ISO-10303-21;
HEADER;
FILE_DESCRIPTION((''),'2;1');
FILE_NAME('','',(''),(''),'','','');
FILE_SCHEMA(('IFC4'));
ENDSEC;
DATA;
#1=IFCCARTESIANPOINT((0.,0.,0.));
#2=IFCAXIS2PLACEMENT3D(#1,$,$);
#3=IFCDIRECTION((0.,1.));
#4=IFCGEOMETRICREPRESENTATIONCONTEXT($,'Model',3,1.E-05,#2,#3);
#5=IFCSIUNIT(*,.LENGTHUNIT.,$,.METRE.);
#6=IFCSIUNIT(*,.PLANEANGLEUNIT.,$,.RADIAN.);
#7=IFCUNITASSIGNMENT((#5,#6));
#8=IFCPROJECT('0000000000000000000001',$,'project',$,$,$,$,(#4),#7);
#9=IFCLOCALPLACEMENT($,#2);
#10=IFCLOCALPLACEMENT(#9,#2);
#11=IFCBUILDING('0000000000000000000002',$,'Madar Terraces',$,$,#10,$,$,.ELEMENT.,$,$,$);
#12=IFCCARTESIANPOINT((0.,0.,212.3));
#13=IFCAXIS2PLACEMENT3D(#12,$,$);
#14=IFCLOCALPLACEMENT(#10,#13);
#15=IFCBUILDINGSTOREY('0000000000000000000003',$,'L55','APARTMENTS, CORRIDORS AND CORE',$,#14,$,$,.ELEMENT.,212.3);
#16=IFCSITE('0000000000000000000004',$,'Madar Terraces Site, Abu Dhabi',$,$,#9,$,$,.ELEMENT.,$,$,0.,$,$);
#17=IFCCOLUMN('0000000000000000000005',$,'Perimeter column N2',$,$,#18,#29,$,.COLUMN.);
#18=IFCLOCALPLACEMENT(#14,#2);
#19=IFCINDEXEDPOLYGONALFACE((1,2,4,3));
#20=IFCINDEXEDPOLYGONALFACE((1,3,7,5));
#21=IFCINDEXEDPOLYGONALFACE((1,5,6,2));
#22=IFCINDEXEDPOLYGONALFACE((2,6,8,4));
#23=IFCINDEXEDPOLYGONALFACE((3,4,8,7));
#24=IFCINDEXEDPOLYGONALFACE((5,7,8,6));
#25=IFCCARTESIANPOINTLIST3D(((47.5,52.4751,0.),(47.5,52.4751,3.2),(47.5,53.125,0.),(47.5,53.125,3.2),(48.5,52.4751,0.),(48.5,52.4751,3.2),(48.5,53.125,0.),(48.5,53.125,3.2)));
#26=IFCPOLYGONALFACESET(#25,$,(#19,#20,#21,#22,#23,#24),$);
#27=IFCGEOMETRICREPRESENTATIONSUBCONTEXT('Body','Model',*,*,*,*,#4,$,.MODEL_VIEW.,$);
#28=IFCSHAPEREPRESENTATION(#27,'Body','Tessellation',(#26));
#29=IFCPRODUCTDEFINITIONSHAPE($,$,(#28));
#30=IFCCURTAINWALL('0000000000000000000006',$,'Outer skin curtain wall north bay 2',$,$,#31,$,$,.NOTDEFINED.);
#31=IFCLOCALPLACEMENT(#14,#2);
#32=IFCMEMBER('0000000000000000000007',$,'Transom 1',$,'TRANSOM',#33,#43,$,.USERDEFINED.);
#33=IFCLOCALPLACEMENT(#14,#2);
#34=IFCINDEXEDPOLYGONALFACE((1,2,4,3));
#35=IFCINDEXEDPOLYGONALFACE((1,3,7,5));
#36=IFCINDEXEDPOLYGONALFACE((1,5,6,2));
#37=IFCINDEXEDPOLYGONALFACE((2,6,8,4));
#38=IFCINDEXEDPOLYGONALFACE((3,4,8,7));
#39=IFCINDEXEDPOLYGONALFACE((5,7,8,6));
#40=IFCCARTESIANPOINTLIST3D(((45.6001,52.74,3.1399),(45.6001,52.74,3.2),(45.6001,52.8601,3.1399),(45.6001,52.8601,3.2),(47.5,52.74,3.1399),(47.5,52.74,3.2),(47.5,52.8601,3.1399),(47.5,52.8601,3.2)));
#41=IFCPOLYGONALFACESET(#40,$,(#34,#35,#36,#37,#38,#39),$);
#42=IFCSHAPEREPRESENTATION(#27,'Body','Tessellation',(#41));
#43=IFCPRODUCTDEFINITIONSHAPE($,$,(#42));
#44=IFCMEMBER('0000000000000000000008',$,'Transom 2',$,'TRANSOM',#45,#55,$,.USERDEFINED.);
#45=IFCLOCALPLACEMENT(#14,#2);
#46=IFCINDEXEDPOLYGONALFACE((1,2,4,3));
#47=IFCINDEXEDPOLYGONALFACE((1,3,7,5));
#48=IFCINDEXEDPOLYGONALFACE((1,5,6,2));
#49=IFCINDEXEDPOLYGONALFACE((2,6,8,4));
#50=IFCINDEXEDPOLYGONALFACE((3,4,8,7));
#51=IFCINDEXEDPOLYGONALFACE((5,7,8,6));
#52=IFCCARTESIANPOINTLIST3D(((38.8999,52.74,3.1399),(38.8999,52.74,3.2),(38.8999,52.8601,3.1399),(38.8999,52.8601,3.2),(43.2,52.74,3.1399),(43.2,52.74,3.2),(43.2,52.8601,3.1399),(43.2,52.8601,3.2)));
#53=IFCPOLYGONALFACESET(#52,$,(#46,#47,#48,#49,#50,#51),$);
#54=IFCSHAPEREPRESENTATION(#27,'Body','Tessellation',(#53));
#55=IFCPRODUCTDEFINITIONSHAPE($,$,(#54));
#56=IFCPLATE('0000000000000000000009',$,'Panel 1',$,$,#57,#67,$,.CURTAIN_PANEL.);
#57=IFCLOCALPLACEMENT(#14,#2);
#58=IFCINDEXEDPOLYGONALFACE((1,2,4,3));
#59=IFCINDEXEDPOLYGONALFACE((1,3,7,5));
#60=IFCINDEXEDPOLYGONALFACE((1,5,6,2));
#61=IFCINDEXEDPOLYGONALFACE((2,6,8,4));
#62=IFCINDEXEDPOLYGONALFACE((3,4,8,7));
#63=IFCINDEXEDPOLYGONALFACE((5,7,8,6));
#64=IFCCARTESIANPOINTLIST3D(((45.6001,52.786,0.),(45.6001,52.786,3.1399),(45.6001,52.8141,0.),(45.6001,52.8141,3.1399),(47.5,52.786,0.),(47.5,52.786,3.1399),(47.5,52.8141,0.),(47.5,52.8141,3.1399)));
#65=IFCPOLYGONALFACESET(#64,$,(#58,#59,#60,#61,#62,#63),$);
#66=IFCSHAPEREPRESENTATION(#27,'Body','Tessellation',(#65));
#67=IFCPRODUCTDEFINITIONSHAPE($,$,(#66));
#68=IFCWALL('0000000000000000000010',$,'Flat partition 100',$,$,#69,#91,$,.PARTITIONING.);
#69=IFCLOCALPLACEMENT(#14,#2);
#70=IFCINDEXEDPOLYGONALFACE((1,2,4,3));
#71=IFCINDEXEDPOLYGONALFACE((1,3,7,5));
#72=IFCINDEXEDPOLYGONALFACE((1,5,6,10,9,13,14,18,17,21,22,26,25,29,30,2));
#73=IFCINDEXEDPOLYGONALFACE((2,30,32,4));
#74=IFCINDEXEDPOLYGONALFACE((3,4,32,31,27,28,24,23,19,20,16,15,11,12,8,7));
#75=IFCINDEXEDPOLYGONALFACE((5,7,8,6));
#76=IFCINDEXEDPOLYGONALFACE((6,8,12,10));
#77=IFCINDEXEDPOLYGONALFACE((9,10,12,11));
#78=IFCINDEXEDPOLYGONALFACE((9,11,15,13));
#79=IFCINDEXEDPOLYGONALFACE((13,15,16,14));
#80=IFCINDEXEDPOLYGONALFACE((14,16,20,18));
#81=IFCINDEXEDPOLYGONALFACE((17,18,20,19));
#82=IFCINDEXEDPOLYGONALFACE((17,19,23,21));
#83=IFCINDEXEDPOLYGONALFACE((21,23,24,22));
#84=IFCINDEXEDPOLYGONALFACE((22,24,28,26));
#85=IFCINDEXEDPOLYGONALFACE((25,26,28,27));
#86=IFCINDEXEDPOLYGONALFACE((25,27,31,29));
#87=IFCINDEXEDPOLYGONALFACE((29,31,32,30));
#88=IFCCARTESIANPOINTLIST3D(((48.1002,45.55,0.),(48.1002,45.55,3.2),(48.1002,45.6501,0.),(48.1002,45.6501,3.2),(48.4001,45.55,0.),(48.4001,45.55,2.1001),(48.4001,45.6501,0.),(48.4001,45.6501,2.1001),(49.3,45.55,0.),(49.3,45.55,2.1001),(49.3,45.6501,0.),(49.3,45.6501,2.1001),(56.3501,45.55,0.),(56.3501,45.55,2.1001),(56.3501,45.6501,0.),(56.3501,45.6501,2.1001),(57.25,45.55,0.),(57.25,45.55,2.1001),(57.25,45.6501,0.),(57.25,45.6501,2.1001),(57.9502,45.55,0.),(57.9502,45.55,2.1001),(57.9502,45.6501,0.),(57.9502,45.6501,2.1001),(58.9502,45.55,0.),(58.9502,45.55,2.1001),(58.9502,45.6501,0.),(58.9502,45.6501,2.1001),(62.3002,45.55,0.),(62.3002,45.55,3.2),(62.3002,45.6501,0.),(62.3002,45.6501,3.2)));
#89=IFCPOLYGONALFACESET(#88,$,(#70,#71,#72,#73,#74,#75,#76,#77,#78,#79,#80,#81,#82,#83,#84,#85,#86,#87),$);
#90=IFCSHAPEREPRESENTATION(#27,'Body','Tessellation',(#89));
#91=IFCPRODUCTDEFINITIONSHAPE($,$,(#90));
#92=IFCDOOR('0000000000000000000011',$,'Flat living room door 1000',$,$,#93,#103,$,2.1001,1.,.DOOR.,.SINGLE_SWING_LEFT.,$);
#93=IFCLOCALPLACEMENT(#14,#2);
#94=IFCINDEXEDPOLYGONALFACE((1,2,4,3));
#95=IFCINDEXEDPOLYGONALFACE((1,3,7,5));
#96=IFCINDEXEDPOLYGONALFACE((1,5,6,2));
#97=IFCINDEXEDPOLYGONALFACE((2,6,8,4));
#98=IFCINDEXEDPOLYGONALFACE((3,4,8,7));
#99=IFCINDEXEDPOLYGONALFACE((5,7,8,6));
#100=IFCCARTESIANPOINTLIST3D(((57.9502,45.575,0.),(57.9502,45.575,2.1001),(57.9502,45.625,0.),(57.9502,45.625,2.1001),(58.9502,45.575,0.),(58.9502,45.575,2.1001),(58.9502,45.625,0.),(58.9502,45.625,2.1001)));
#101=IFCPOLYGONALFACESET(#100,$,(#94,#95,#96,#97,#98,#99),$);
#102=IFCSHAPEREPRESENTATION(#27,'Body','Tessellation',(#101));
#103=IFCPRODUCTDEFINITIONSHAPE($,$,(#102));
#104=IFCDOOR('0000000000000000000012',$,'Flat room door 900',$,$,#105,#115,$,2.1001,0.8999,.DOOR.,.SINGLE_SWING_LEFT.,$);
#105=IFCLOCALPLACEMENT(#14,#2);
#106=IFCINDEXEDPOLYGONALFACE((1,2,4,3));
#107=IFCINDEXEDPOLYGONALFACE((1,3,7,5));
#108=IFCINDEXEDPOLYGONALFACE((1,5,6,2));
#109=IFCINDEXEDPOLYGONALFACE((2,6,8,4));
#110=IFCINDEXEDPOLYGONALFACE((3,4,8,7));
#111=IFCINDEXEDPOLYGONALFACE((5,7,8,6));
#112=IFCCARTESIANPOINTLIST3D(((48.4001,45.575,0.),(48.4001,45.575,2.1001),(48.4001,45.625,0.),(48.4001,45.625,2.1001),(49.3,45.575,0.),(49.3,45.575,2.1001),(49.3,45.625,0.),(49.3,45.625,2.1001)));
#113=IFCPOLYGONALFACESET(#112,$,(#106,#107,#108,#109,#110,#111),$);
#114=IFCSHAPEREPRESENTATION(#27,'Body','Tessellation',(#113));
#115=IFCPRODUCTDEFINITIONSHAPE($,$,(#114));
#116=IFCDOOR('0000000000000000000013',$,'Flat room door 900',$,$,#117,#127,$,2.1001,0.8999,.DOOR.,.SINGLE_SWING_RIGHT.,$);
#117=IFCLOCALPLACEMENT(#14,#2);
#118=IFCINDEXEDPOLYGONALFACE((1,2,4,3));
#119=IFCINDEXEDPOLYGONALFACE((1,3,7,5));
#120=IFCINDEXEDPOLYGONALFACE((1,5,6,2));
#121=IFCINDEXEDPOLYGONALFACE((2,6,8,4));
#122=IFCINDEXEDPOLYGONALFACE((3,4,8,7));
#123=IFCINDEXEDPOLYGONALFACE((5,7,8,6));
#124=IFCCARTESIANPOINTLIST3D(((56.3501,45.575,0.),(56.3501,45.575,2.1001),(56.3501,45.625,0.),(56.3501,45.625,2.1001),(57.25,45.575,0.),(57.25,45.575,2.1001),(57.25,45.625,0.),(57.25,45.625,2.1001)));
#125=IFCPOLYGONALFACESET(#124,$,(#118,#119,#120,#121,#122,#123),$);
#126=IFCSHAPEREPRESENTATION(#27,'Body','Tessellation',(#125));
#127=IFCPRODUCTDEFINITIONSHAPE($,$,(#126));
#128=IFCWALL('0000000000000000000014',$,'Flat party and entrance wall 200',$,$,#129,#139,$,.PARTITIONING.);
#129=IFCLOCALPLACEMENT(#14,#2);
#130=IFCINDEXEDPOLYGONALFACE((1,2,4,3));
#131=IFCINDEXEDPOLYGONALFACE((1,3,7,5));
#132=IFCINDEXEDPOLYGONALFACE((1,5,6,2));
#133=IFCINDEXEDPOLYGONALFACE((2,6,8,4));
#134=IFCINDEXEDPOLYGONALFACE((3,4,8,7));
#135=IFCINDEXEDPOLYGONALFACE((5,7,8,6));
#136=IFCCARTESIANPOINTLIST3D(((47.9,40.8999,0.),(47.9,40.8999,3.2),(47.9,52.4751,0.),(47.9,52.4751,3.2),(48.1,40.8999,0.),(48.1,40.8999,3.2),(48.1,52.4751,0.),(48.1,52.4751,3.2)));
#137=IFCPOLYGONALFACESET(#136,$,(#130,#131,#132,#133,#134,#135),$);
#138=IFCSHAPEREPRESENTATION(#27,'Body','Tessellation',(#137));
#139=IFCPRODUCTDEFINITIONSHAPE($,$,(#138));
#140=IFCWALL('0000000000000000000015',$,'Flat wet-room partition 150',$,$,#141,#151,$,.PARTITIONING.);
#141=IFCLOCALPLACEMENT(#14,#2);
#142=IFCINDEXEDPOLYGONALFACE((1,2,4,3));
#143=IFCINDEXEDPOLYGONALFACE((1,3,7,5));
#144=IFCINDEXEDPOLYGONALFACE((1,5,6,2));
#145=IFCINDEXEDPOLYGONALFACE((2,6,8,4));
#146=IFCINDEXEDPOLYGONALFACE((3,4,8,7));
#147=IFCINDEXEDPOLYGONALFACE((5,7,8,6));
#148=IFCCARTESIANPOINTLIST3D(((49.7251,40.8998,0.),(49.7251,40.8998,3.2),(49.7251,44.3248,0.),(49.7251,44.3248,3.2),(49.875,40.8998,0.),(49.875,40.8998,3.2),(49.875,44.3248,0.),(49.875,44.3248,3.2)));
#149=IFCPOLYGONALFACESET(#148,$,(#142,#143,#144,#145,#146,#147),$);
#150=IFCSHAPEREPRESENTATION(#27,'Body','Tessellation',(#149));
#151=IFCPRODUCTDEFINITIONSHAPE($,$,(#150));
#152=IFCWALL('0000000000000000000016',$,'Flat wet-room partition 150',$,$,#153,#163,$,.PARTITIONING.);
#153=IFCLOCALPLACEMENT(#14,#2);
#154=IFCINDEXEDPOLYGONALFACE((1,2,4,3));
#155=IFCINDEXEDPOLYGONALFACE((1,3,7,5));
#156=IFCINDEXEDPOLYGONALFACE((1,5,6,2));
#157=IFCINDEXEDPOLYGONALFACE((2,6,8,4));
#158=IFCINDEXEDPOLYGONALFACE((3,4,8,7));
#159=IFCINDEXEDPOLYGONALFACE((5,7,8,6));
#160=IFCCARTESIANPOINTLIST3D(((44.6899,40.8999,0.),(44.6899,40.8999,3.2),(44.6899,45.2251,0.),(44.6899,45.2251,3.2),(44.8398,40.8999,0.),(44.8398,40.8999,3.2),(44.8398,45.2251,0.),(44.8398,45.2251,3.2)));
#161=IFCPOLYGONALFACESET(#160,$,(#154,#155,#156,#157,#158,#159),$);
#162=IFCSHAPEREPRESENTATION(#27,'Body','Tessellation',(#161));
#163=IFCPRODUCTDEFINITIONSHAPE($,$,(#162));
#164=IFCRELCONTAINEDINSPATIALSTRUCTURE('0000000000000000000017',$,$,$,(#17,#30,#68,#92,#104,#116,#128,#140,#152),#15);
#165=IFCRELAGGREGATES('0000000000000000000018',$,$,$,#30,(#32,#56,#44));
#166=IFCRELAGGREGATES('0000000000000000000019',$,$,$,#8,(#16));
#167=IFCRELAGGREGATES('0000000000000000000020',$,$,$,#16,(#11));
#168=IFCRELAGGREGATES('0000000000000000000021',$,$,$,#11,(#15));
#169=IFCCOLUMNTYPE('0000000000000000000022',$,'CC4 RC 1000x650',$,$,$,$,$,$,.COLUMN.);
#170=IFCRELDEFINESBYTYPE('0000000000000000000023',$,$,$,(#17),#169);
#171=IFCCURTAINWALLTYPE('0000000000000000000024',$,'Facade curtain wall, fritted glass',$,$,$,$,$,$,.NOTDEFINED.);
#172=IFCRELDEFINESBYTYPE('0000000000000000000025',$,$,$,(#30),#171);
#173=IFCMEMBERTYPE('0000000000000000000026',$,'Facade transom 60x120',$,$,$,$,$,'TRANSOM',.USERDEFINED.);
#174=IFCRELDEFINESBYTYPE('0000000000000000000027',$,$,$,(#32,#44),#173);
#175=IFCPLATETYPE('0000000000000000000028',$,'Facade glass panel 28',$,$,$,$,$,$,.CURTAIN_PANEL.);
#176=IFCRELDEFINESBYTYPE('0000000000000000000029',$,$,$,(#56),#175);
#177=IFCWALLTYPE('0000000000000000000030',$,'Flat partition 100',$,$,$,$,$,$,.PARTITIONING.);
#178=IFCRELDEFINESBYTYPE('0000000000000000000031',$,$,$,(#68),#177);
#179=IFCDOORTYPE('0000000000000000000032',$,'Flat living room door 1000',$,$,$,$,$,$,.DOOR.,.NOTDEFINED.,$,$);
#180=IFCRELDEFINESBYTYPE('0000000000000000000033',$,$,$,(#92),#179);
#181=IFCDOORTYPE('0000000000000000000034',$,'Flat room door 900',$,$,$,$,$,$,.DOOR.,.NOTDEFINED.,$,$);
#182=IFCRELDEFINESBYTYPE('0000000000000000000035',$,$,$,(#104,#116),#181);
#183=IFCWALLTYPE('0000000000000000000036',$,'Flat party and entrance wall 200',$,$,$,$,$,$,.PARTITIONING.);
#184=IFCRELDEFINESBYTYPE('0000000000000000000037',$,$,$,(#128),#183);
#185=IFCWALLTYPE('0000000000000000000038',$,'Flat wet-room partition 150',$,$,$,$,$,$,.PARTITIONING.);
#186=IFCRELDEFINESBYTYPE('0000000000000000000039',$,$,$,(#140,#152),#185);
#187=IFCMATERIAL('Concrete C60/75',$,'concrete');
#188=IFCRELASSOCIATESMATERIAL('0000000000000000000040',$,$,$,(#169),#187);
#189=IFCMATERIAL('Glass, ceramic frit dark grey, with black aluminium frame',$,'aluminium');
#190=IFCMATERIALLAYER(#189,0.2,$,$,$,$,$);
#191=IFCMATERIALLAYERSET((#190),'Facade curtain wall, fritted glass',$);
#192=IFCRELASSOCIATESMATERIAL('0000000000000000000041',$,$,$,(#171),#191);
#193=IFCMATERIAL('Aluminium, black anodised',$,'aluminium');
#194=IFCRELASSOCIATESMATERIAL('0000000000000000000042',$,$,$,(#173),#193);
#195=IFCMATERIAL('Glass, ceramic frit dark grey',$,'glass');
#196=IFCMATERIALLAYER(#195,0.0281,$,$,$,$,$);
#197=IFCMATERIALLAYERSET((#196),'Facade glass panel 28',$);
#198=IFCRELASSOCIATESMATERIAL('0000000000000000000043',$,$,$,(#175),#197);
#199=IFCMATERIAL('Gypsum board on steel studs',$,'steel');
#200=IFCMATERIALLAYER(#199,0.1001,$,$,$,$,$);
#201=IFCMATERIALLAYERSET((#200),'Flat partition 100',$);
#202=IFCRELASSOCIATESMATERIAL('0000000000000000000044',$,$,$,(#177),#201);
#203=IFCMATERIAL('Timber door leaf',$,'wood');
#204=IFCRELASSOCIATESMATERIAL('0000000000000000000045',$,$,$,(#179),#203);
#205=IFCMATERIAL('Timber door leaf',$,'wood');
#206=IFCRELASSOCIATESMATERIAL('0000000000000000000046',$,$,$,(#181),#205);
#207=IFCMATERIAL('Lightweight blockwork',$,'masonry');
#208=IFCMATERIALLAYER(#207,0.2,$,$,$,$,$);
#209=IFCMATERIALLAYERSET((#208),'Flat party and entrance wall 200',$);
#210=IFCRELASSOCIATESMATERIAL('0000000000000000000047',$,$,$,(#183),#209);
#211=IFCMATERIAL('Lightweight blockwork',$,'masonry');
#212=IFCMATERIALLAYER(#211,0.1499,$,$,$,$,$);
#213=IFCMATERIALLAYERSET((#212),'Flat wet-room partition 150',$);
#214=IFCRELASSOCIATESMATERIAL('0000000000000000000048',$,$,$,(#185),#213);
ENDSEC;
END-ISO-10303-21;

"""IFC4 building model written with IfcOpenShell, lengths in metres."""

from ifc_helpers import new_model, si_unit, direction, frame, frame_2d, origin, origin_2d, place, context, subcontext, project, spatial, rectangle, extrude, material, layer, layer_set, material_profile, profile_set, type_object, element, fill, aggregate, save


model = new_model("IFC4")

# Units and contexts
model_context = context("Model", 3, precision=1e-05, world=origin(), true_north=direction((0.0, 1.0)))
body_context = subcontext(model_context, "Body", "Model", "MODEL_VIEW")
ifc_project = project(units=[si_unit("LENGTHUNIT", "METRE"), si_unit("PLANEANGLEUNIT", "RADIAN")], contexts=[model_context])

# Site, building, storey
site_placement = place(None, origin())
site = spatial("IfcSite", under=ifc_project, at=site_placement, Name="Madar Terraces Site, Abu Dhabi", CompositionType="ELEMENT", RefElevation=0.0)
building_placement = place(site_placement, origin())
building = spatial("IfcBuilding", under=site, at=building_placement, Name="Madar Terraces", CompositionType="ELEMENT")
storey_placement = place(building_placement, frame((0.0, 0.0, 212.3)))
storey = spatial("IfcBuildingStorey", under=building, at=storey_placement, Name="L55", Description="APARTMENTS, CORRIDORS AND CORE", CompositionType="ELEMENT", Elevation=212.3)

# Column
ifc_material_1 = material(Name="Concrete C60/75", Category="concrete")
ifc_material_profile_1 = material_profile(ifc_material_1, rectangle(XDim=1.0, YDim=0.6499, at=origin_2d()), Name="CC4 RC 1000x650")
ifc_profile_set_1 = profile_set([ifc_material_profile_1], Name="Concrete C60/75")
column_type = type_object("IfcColumnType", Name="CC4 RC 1000x650", PredefinedType="COLUMN", material=ifc_profile_set_1)
column_placement = place(storey_placement, frame((48.0, 52.8, 0.0), z_axis=(0.0, 0.0, 1.0), x_axis=(1.0, 0.0, 0.0)))
element("IfcColumn", 1, at=column_placement, inside=storey, type_object=column_type, Name="Perimeter column N2", PredefinedType="COLUMN", context=body_context, shape_type="SweptSolid", body=[
    extrude(rectangle(XDim=1.0, YDim=0.6499, at=origin_2d()), origin(), (0.0, 0.0, 1.0), 3.2),
])

# Curtain wall, members, plate
ifc_material_2 = material(Name="Glass, ceramic frit dark grey, with black aluminium frame", Category="aluminium")
ifc_layer_1 = layer(ifc_material_2, 0.2)
ifc_layer_set_1 = layer_set([ifc_layer_1], Name="Facade curtain wall, fritted glass")
curtain_wall_type = type_object("IfcCurtainWallType", Name="Facade curtain wall, fritted glass", PredefinedType="NOTDEFINED", material=ifc_layer_set_1)
curtain_wall_placement = place(storey_placement, origin())
curtain_wall = element("IfcCurtainWall", 2, at=curtain_wall_placement, inside=storey, type_object=curtain_wall_type, Name="Outer skin curtain wall north bay 2", PredefinedType="NOTDEFINED")
ifc_material_3 = material(Name="Aluminium, black anodised", Category="aluminium")
ifc_material_profile_2 = material_profile(ifc_material_3, rectangle(XDim=0.1201, YDim=0.0601, at=origin_2d()), Name="Facade transom 60x120")
ifc_profile_set_2 = profile_set([ifc_material_profile_2], Name="Aluminium, black anodised")
member_type = type_object("IfcMemberType", Name="Facade transom 60x120", ElementType="TRANSOM", PredefinedType="USERDEFINED", material=ifc_profile_set_2)
member_1_placement = place(storey_placement, frame((47.5, 52.8, 3.1699), z_axis=(-1.0, 0.0, 0.0), x_axis=(0.0, -1.0, 0.0)))
member_1 = element("IfcMember", 3, at=member_1_placement, type_object=member_type, Name="Transom 1", ObjectType="TRANSOM", PredefinedType="USERDEFINED", context=body_context, shape_type="SweptSolid", body=[
    extrude(rectangle(XDim=0.1201, YDim=0.0601, at=origin_2d()), origin(), (0.0, 0.0, 1.0), 1.8999),
])
member_2_placement = place(storey_placement, frame((43.2, 52.8, 3.1699), z_axis=(-1.0, 0.0, 0.0), x_axis=(0.0, -1.0, 0.0)))
member_2 = element("IfcMember", 4, at=member_2_placement, type_object=member_type, Name="Transom 2", ObjectType="TRANSOM", PredefinedType="USERDEFINED", context=body_context, shape_type="SweptSolid", body=[
    extrude(rectangle(XDim=0.1201, YDim=0.0601, at=origin_2d()), origin(), (0.0, 0.0, 1.0), 4.3),
])
ifc_material_4 = material(Name="Glass, ceramic frit dark grey", Category="glass")
ifc_layer_2 = layer(ifc_material_4, 0.0281)
ifc_layer_set_2 = layer_set([ifc_layer_2], Name="Facade glass panel 28")
plate_type = type_object("IfcPlateType", Name="Facade glass panel 28", PredefinedType="CURTAIN_PANEL", material=ifc_layer_set_2)
plate_placement = place(storey_placement, frame((46.55, 52.8, 0.0), z_axis=(0.0, 0.0, 1.0), x_axis=(-1.0, 0.0, 0.0)))
plate = element("IfcPlate", 5, at=plate_placement, type_object=plate_type, Name="Panel 1", PredefinedType="CURTAIN_PANEL", context=body_context, shape_type="SweptSolid", body=[
    extrude(rectangle(XDim=1.8999, YDim=0.0281, at=origin_2d()), origin(), (0.0, 0.0, 1.0), 3.1399),
])
aggregate(curtain_wall, [member_1, plate, member_2])

# Wall, openings, doors
ifc_material_5 = material(Name="Gypsum board on steel studs", Category="steel")
ifc_layer_3 = layer(ifc_material_5, 0.1001)
ifc_layer_set_3 = layer_set([ifc_layer_3], Name="Flat partition 100")
wall_type_1 = type_object("IfcWallType", Name="Flat partition 100", PredefinedType="PARTITIONING", material=ifc_layer_set_3)
wall_1_placement = place(storey_placement, frame((48.1001, 45.6001, 0.0), z_axis=(0.0, 0.0, 1.0), x_axis=(1.0, 0.0, 0.0)))
wall_1 = element("IfcWall", 6, at=wall_1_placement, inside=storey, type_object=wall_type_1, Name="Flat partition 100", PredefinedType="PARTITIONING", context=body_context, shape_type="SweptSolid", body=[
    extrude(rectangle(XDim=14.2, YDim=0.1001, at=frame_2d((7.1001, 0.0))), origin(), (0.0, 0.0, 1.0), 3.2),
])
opening_1_placement = place(wall_1_placement, frame((0.3, 0.0, 0.0)))
opening_1 = element("IfcOpeningElement", 7, at=opening_1_placement, cuts=wall_1, PredefinedType="OPENING", context=body_context, shape_type="SweptSolid", body=[
    extrude(rectangle(XDim=0.8999, YDim=2.1001, at=frame_2d((0.45, 1.05))), frame((0.0, 0.0601, 0.0), z_axis=(0.0, -1.0, 0.0), x_axis=(1.0, 0.0, 0.0)), (0.0, 0.0, 1.0), 0.1201),
])
opening_2_placement = place(wall_1_placement, frame((8.25, 0.0, 0.0)))
opening_2 = element("IfcOpeningElement", 8, at=opening_2_placement, cuts=wall_1, PredefinedType="OPENING", context=body_context, shape_type="SweptSolid", body=[
    extrude(rectangle(XDim=0.8999, YDim=2.1001, at=frame_2d((0.45, 1.05))), frame((0.0, 0.0601, 0.0), z_axis=(0.0, -1.0, 0.0), x_axis=(1.0, 0.0, 0.0)), (0.0, 0.0, 1.0), 0.1201),
])
opening_3_placement = place(wall_1_placement, frame((9.8501, 0.0, 0.0)))
opening_3 = element("IfcOpeningElement", 9, at=opening_3_placement, cuts=wall_1, PredefinedType="OPENING", context=body_context, shape_type="SweptSolid", body=[
    extrude(rectangle(XDim=1.0, YDim=2.1001, at=frame_2d((0.5, 1.05))), frame((0.0, 0.0601, 0.0), z_axis=(0.0, -1.0, 0.0), x_axis=(1.0, 0.0, 0.0)), (0.0, 0.0, 1.0), 0.1201),
])
ifc_material_6 = material(Name="Timber door leaf", Category="wood")
door_type_1 = type_object("IfcDoorType", Name="Flat living room door 1000", OperationType="NOTDEFINED", PredefinedType="DOOR", material=ifc_material_6)
door_1_placement = place(opening_3_placement, origin())
door_1 = element("IfcDoor", 10, at=door_1_placement, inside=storey, type_object=door_type_1, Name="Flat living room door 1000", OperationType="SINGLE_SWING_LEFT", OverallHeight=2.1001, OverallWidth=1.0, PredefinedType="DOOR", context=body_context, shape_type="SweptSolid", body=[
    extrude(rectangle(XDim=1.0, YDim=2.1001, at=frame_2d((0.5, 1.05))), frame((0.0, 0.0249, 0.0), z_axis=(0.0, -1.0, 0.0), x_axis=(1.0, 0.0, 0.0)), (0.0, 0.0, 1.0), 0.05),
])
fill(opening_3, door_1)
ifc_material_7 = material(Name="Timber door leaf", Category="wood")
door_type_2 = type_object("IfcDoorType", Name="Flat room door 900", OperationType="NOTDEFINED", PredefinedType="DOOR", material=ifc_material_7)
door_2_placement = place(opening_1_placement, origin())
door_2 = element("IfcDoor", 11, at=door_2_placement, inside=storey, type_object=door_type_2, Name="Flat room door 900", OperationType="SINGLE_SWING_LEFT", OverallHeight=2.1001, OverallWidth=0.8999, PredefinedType="DOOR", context=body_context, shape_type="SweptSolid", body=[
    extrude(rectangle(XDim=0.8999, YDim=2.1001, at=frame_2d((0.45, 1.05))), frame((0.0, 0.0249, 0.0), z_axis=(0.0, -1.0, 0.0), x_axis=(1.0, 0.0, 0.0)), (0.0, 0.0, 1.0), 0.05),
])
fill(opening_1, door_2)
door_3_placement = place(opening_2_placement, origin())
door_3 = element("IfcDoor", 12, at=door_3_placement, inside=storey, type_object=door_type_2, Name="Flat room door 900", OperationType="SINGLE_SWING_RIGHT", OverallHeight=2.1001, OverallWidth=0.8999, PredefinedType="DOOR", context=body_context, shape_type="SweptSolid", body=[
    extrude(rectangle(XDim=0.8999, YDim=2.1001, at=frame_2d((0.45, 1.05))), frame((0.0, 0.0249, 0.0), z_axis=(0.0, -1.0, 0.0), x_axis=(1.0, 0.0, 0.0)), (0.0, 0.0, 1.0), 0.05),
])
fill(opening_2, door_3)

# Walls
ifc_material_8 = material(Name="Lightweight blockwork", Category="masonry")
ifc_layer_4 = layer(ifc_material_8, 0.2)
ifc_layer_set_4 = layer_set([ifc_layer_4], Name="Flat party and entrance wall 200")
wall_type_2 = type_object("IfcWallType", Name="Flat party and entrance wall 200", PredefinedType="PARTITIONING", material=ifc_layer_set_4)
wall_2_placement = place(storey_placement, frame((48.0, 52.4751, 0.0), z_axis=(0.0, 0.0, 1.0), x_axis=(0.0, -1.0, 0.0)))
element("IfcWall", 13, at=wall_2_placement, inside=storey, type_object=wall_type_2, Name="Flat party and entrance wall 200", PredefinedType="PARTITIONING", context=body_context, shape_type="SweptSolid", body=[
    extrude(rectangle(XDim=11.5752, YDim=0.2, at=frame_2d((5.7876, 0.0))), origin(), (0.0, 0.0, 1.0), 3.2),
])
ifc_material_9 = material(Name="Lightweight blockwork", Category="masonry")
ifc_layer_5 = layer(ifc_material_9, 0.1499)
ifc_layer_set_5 = layer_set([ifc_layer_5], Name="Flat wet-room partition 150")
wall_type_3 = type_object("IfcWallType", Name="Flat wet-room partition 150", PredefinedType="PARTITIONING", material=ifc_layer_set_5)
wall_3_placement = place(storey_placement, frame((49.8, 40.8999, 0.0), z_axis=(0.0, 0.0, 1.0), x_axis=(0.0, 1.0, 0.0)))
element("IfcWall", 14, at=wall_3_placement, inside=storey, type_object=wall_type_3, Name="Flat wet-room partition 150", PredefinedType="PARTITIONING", context=body_context, shape_type="SweptSolid", body=[
    extrude(rectangle(XDim=3.425, YDim=0.1499, at=frame_2d((1.7124, 0.0))), origin(), (0.0, 0.0, 1.0), 3.2),
])
wall_4_placement = place(storey_placement, frame((44.7649, 40.8999, 0.0), z_axis=(0.0, 0.0, 1.0), x_axis=(0.0, 1.0, 0.0)))
element("IfcWall", 15, at=wall_4_placement, inside=storey, type_object=wall_type_3, Name="Flat wet-room partition 150", PredefinedType="PARTITIONING", context=body_context, shape_type="SweptSolid", body=[
    extrude(rectangle(XDim=4.3252, YDim=0.1499, at=frame_2d((2.1626, 0.0))), origin(), (0.0, 0.0, 1.0), 3.2),
])

save(model, "model.ifc")
